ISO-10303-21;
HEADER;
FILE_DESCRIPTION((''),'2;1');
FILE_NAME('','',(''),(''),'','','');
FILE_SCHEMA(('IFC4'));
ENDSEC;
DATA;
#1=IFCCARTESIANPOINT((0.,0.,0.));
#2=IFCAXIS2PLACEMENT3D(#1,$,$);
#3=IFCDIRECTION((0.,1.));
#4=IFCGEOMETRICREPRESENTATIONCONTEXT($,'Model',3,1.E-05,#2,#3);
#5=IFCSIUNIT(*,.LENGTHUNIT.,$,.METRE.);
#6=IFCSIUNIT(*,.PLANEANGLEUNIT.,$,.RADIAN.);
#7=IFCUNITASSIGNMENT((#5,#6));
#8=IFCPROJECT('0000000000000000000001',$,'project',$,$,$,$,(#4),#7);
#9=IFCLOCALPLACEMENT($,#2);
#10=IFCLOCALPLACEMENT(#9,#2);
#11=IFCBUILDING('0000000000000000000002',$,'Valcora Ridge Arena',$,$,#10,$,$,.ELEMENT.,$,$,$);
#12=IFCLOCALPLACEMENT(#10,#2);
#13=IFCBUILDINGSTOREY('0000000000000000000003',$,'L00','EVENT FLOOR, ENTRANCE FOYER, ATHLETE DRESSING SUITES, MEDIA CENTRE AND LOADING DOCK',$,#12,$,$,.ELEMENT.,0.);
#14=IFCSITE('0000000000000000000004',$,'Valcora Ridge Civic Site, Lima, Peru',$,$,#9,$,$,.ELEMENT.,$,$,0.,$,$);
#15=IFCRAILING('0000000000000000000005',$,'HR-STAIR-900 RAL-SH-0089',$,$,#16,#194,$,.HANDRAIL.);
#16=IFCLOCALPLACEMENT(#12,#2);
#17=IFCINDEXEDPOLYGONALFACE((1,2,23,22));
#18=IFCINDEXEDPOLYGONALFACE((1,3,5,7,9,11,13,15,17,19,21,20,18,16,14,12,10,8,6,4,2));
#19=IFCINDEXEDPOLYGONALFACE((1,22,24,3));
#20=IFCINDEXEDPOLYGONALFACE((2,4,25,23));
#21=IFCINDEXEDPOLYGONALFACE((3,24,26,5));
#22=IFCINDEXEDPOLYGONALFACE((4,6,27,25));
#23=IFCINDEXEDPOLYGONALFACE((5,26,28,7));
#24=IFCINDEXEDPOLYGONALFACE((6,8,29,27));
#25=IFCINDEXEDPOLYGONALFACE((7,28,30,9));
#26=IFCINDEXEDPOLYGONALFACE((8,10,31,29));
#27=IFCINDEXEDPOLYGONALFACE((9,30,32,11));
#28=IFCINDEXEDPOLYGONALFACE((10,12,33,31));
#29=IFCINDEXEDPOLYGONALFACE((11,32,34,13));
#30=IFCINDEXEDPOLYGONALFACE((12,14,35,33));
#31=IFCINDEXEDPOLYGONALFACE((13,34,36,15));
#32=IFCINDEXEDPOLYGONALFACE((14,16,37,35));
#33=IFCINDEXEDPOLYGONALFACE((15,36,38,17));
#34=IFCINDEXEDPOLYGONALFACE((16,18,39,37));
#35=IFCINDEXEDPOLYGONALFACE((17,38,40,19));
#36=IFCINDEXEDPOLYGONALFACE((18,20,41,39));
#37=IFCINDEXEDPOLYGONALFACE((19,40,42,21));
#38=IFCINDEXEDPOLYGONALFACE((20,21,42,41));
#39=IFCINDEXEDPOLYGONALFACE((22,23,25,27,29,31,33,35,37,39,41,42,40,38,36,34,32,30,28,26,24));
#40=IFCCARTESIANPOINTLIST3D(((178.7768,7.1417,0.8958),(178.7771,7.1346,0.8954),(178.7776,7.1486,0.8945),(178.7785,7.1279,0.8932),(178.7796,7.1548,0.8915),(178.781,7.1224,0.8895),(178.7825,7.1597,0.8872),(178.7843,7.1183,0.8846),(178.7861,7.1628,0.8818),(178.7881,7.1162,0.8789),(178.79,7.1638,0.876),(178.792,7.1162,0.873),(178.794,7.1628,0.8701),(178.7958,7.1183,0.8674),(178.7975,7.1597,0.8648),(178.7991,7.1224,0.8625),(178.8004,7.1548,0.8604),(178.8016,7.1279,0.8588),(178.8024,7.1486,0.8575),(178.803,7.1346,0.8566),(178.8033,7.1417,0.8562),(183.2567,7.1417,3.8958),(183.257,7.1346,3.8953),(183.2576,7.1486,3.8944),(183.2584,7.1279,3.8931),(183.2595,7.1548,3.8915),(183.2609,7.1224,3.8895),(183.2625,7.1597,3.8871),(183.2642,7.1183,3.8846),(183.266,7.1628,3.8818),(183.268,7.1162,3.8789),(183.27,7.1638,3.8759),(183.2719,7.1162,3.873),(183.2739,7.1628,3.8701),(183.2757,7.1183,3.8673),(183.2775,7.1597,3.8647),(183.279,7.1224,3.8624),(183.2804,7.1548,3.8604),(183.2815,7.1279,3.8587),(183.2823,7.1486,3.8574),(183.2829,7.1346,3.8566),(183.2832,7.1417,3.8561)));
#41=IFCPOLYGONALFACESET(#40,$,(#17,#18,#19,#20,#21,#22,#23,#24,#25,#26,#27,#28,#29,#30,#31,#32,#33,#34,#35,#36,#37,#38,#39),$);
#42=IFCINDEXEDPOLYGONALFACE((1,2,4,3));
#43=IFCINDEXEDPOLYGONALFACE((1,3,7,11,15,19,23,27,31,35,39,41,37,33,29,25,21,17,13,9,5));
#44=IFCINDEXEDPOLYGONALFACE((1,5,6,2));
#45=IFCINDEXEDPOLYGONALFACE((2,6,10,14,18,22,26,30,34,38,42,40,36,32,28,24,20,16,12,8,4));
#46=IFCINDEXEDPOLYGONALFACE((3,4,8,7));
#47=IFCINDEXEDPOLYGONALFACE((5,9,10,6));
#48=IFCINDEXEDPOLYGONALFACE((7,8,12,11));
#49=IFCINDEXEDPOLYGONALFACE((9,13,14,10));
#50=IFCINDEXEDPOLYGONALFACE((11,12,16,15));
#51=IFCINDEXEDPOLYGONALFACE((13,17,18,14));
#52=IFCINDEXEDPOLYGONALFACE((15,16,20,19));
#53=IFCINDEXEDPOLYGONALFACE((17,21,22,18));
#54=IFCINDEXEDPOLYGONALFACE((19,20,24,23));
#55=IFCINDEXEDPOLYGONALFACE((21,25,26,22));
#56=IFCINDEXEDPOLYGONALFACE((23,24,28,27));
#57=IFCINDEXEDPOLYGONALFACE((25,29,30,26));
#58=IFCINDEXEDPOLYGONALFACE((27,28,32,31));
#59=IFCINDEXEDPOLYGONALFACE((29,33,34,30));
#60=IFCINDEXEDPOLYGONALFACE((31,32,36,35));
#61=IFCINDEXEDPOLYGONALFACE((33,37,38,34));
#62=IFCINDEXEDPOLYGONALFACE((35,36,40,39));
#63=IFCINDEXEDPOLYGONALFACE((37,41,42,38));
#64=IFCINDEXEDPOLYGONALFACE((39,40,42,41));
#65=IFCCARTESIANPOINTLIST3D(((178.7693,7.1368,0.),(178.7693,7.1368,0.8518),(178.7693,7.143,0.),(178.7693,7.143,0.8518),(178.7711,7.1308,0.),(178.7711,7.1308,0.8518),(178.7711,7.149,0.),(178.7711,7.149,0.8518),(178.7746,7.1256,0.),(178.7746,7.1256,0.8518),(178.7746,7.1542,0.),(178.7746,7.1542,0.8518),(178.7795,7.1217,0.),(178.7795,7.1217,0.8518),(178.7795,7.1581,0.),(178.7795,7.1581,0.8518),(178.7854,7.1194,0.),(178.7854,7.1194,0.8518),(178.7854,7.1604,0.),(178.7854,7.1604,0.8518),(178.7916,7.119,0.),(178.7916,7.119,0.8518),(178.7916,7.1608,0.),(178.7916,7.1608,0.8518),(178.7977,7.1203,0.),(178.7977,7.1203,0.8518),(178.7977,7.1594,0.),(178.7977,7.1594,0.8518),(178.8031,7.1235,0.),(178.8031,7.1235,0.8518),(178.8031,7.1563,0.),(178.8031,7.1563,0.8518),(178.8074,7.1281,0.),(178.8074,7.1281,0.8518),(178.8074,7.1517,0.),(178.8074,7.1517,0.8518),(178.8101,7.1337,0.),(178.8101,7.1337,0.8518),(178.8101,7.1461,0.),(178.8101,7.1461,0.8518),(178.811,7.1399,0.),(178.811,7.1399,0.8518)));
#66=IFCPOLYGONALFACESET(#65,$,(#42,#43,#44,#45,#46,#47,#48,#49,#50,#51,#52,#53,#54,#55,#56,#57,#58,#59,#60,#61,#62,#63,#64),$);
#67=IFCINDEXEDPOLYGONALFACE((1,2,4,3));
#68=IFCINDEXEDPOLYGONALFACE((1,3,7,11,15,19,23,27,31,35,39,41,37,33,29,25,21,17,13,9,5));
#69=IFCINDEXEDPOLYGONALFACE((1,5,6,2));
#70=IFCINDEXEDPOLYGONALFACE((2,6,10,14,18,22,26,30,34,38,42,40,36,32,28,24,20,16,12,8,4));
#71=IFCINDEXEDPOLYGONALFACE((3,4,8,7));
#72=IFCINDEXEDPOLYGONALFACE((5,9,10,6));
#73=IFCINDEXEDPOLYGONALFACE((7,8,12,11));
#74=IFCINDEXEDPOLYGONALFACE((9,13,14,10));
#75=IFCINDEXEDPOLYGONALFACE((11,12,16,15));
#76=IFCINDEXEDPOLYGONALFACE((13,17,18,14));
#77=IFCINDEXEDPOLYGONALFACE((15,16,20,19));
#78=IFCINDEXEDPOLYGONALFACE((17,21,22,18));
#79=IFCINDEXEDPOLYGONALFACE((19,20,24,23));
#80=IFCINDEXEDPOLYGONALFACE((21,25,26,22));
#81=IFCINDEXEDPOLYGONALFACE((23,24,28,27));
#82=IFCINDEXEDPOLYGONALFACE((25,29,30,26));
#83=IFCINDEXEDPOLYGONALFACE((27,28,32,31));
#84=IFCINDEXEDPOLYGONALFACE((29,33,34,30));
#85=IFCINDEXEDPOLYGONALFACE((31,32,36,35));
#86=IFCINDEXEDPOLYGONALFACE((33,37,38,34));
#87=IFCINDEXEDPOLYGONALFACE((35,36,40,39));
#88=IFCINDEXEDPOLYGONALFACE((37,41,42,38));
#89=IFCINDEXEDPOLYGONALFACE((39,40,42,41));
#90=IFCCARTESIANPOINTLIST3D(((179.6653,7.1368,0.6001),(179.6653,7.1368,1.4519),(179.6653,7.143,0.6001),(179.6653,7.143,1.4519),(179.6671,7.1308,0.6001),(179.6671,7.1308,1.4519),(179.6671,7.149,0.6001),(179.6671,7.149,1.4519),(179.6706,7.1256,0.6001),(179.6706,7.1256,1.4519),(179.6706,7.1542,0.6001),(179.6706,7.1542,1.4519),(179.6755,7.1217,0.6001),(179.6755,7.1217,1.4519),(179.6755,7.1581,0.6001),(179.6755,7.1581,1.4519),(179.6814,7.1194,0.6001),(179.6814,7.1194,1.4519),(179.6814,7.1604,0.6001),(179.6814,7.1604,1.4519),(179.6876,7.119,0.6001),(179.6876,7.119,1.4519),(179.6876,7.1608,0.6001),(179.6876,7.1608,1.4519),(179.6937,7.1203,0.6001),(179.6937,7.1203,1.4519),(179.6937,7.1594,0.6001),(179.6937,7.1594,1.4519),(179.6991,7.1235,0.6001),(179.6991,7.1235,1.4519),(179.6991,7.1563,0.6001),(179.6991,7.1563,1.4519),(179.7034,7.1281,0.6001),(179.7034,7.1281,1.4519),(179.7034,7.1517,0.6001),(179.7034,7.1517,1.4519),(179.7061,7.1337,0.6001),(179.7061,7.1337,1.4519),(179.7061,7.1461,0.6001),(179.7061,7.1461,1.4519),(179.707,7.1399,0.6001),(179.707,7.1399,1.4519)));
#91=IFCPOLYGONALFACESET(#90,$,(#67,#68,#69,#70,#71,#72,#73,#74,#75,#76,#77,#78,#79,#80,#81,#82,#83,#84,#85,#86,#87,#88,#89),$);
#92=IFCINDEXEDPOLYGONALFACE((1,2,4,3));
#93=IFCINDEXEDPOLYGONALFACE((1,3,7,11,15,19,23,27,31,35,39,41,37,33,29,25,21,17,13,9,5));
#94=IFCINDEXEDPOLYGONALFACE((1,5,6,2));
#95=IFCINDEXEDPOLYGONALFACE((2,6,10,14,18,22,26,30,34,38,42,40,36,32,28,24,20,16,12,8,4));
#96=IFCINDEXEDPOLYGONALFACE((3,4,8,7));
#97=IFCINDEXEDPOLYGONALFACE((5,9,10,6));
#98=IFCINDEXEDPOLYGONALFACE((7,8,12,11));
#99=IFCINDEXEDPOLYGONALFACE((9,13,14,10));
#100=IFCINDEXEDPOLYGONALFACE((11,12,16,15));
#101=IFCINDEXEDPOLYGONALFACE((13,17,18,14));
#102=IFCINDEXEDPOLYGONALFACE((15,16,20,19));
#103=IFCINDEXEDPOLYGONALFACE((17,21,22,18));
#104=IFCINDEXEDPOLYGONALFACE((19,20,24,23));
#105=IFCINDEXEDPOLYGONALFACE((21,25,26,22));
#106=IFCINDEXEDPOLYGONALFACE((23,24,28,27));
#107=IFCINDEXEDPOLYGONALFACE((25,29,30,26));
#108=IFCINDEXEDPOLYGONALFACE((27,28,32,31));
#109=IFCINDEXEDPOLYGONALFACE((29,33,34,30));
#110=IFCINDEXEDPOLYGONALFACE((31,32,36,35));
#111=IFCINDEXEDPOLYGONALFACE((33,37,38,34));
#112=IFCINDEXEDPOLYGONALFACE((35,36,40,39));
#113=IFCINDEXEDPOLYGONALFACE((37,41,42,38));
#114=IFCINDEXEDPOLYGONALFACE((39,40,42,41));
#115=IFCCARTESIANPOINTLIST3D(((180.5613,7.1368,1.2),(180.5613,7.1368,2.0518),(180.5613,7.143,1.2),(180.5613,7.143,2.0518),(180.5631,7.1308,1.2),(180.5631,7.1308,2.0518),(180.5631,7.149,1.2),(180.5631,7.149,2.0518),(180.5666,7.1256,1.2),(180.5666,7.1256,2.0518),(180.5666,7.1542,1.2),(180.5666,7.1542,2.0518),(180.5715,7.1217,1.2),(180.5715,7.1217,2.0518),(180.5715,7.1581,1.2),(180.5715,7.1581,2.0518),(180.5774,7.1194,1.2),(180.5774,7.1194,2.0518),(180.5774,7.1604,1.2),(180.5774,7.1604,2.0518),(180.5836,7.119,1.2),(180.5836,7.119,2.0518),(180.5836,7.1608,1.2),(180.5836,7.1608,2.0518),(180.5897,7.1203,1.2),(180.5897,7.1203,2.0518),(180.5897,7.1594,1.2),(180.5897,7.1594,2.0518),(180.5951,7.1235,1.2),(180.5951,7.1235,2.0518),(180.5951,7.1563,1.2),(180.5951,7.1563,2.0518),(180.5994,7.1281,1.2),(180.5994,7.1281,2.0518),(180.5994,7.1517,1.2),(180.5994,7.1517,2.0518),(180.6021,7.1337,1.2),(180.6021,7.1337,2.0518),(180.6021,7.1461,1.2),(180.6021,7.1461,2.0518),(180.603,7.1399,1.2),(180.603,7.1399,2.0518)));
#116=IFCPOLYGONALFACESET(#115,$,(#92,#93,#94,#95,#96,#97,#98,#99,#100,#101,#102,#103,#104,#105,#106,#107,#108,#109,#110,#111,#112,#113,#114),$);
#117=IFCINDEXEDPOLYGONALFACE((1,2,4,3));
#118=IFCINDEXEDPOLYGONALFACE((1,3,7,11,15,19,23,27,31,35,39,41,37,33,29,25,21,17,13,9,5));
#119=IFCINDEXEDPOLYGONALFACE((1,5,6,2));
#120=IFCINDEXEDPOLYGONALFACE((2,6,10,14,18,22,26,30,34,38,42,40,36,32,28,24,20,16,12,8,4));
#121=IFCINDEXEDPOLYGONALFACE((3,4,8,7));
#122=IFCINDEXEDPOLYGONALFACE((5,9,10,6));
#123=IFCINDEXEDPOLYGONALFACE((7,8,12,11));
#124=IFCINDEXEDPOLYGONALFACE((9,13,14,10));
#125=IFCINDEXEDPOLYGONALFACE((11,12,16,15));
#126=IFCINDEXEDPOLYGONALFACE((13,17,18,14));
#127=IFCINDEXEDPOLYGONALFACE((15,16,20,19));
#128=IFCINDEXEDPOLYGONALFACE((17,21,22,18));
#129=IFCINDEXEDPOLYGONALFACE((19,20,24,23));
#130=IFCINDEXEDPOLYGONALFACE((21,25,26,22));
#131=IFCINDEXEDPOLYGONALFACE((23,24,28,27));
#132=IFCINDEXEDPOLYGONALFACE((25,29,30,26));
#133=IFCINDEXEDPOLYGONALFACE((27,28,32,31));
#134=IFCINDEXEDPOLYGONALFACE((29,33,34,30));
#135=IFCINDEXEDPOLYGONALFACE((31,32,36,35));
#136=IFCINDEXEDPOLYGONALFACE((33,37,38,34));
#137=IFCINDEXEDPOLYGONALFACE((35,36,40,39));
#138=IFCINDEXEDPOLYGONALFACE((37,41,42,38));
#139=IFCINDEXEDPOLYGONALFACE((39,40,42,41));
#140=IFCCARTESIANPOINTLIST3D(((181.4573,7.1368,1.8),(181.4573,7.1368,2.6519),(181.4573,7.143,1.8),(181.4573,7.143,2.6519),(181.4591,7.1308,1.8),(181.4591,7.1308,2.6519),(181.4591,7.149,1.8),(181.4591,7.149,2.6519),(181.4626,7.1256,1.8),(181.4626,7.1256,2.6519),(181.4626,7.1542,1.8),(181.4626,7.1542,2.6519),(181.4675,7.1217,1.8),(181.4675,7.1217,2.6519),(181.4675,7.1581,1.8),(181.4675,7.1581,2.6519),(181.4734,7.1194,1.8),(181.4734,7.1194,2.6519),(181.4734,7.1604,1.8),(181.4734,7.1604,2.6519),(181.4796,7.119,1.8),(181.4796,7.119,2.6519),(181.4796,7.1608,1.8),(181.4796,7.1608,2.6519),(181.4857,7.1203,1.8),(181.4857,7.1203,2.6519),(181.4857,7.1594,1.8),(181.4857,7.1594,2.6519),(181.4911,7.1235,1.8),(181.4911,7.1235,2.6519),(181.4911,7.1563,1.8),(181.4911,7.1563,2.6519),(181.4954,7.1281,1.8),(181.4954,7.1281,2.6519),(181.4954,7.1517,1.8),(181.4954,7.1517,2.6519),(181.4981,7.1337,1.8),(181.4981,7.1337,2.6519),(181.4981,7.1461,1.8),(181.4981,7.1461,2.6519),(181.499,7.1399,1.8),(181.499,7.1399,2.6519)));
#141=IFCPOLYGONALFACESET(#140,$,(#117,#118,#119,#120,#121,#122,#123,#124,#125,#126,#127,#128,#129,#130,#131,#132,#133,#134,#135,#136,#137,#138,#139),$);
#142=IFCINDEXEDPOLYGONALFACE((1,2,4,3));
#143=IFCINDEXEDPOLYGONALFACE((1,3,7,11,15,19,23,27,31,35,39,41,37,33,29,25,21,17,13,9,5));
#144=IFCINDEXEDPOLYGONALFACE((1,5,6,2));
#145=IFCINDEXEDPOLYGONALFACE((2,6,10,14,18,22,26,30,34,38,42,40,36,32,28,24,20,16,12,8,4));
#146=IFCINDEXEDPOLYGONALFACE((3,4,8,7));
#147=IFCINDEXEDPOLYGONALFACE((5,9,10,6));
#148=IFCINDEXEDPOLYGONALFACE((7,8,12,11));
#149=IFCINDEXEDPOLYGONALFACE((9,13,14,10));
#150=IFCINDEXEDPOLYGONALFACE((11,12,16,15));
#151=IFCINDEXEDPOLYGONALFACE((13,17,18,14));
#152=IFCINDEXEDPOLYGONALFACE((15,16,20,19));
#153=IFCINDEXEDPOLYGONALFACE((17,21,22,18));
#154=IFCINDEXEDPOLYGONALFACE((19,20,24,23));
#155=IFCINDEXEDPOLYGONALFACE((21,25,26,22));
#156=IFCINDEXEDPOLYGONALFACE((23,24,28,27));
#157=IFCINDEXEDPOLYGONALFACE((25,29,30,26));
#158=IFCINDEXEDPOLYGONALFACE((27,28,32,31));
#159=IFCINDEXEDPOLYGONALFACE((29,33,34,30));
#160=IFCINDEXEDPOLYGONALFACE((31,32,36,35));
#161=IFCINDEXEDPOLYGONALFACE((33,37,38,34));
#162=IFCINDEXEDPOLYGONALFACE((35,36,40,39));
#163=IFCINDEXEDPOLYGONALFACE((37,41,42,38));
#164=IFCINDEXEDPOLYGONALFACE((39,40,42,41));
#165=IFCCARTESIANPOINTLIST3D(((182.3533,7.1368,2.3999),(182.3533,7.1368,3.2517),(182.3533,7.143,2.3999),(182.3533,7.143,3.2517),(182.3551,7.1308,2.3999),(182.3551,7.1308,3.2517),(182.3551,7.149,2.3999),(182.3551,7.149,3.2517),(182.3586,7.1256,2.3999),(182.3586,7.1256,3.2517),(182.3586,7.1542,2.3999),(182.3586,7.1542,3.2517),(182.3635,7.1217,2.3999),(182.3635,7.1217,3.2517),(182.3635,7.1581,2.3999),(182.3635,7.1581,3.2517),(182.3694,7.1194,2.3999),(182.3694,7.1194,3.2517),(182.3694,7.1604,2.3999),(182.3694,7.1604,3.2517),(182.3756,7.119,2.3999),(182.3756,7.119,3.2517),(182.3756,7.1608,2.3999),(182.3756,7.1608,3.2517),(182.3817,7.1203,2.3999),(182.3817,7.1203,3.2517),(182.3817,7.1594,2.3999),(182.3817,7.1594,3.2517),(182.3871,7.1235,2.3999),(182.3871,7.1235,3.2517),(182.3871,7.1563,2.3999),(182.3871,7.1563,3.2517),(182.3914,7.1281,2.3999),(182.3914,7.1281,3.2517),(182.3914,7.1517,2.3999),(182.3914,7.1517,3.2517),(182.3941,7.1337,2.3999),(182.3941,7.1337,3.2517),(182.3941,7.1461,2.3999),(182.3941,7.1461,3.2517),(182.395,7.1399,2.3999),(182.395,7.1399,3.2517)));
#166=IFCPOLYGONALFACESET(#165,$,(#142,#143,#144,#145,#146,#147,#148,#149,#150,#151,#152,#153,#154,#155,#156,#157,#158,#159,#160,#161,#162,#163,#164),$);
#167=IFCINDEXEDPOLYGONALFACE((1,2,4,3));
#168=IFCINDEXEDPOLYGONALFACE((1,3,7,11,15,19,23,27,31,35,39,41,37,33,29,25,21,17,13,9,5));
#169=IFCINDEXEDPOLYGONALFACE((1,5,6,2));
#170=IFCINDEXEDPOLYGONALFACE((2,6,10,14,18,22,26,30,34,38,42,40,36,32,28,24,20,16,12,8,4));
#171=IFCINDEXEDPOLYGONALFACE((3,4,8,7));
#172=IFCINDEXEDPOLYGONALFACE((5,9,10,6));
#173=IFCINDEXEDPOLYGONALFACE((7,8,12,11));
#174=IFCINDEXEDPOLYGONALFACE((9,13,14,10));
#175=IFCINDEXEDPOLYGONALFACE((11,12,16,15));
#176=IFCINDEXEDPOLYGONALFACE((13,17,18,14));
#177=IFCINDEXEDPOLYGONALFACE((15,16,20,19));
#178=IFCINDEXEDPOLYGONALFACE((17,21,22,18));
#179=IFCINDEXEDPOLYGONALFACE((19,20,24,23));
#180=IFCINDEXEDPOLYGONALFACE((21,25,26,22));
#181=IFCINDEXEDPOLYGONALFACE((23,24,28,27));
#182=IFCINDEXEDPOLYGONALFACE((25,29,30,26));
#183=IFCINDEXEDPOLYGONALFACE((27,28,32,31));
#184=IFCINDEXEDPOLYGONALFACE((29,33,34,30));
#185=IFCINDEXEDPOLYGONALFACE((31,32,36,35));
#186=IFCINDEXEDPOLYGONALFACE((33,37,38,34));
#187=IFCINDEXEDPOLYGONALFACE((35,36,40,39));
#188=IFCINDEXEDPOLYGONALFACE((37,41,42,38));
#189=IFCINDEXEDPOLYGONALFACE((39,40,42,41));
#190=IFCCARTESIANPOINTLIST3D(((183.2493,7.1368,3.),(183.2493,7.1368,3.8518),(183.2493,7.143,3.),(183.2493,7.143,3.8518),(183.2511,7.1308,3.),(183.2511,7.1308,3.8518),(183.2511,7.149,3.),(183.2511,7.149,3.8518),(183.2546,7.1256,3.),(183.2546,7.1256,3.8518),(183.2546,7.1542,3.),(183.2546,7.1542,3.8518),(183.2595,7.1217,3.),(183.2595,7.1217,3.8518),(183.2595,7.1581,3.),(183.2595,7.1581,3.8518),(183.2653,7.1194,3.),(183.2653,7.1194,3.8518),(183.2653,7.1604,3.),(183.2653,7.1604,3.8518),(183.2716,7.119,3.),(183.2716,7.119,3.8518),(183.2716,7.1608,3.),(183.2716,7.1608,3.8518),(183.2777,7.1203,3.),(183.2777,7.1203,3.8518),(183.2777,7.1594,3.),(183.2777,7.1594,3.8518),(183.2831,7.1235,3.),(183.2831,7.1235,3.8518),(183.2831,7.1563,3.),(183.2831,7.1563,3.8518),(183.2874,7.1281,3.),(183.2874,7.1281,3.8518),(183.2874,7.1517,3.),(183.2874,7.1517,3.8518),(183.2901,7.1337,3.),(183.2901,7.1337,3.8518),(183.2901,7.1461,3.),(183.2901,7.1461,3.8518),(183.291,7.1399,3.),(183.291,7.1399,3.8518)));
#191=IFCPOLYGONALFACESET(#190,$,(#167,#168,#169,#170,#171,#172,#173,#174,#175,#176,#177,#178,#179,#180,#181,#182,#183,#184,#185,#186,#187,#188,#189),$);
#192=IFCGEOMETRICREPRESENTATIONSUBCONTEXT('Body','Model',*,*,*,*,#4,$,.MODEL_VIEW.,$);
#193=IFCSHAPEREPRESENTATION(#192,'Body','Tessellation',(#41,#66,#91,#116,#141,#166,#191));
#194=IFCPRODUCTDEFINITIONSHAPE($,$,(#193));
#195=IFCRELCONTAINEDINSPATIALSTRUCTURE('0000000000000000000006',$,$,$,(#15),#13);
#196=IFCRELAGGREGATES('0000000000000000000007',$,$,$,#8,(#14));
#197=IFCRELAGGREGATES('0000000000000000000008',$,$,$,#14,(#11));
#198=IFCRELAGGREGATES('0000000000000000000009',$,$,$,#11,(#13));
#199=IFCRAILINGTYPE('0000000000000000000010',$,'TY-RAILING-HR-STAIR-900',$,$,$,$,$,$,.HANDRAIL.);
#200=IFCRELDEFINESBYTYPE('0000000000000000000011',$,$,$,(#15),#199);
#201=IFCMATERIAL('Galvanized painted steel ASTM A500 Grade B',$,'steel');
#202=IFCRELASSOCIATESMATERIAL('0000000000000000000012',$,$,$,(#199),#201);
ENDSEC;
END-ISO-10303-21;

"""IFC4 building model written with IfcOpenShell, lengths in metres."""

from ifc_helpers import new_model, si_unit, direction, frame, origin, origin_2d, place, context, subcontext, project, spatial, circle, extrude, material, type_object, element, save


model = new_model("IFC4")

# Units and contexts
model_context = context("Model", 3, precision=1e-05, world=origin(), true_north=direction((0.0, 1.0)))
body_context = subcontext(model_context, "Body", "Model", "MODEL_VIEW")
ifc_project = project(units=[si_unit("LENGTHUNIT", "METRE"), si_unit("PLANEANGLEUNIT", "RADIAN")], contexts=[model_context])

# Site, building, storey
site_placement = place(None, origin())
site = spatial("IfcSite", under=ifc_project, at=site_placement, Name="Valcora Ridge Civic Site, Lima, Peru", CompositionType="ELEMENT", RefElevation=0.0)
building_placement = place(site_placement, origin())
building = spatial("IfcBuilding", under=site, at=building_placement, Name="Valcora Ridge Arena", CompositionType="ELEMENT")
storey_placement = place(building_placement, origin())
storey = spatial("IfcBuildingStorey", under=building, at=storey_placement, Name="L00", Description="EVENT FLOOR, ENTRANCE FOYER, ATHLETE DRESSING SUITES, MEDIA CENTRE AND LOADING DOCK", CompositionType="ELEMENT", Elevation=0.0)

# Railing
ifc_material_1 = material(Name="Galvanized painted steel ASTM A500 Grade B", Category="steel")
railing_type_1 = type_object("IfcRailingType", Name="TY-RAILING-HR-STAIR-900", PredefinedType="HANDRAIL", material=ifc_material_1)
railing_1_placement = place(storey_placement, frame((178.79, 7.1399, 0.0)))
element("IfcRailing", 1, at=railing_1_placement, inside=storey, type_object=railing_type_1, Name="HR-STAIR-900 RAL-SH-0089", PredefinedType="HANDRAIL", context=body_context, shape_type="SweptSolid", body=[
    extrude(circle(Radius=0.0239, at=origin_2d()), frame((0.0, 0.0, 0.876), z_axis=(0.830906, 0.0, 0.556413), x_axis=(0.0, 1.0, 0.0)), (0.0, 0.0, 1.0), 5.3916),
    extrude(circle(Radius=0.021, at=origin_2d()), origin(), (0.0, 0.0, 1.0), 0.8518),
    extrude(circle(Radius=0.021, at=origin_2d()), frame((0.896, 0.0, 0.6001)), (0.0, 0.0, 1.0), 0.8518),
    extrude(circle(Radius=0.021, at=origin_2d()), frame((1.792, 0.0, 1.2)), (0.0, 0.0, 1.0), 0.8518),
    extrude(circle(Radius=0.021, at=origin_2d()), frame((2.688, 0.0, 1.8)), (0.0, 0.0, 1.0), 0.8518),
    extrude(circle(Radius=0.021, at=origin_2d()), frame((3.584, 0.0, 2.3999)), (0.0, 0.0, 1.0), 0.8518),
    extrude(circle(Radius=0.021, at=origin_2d()), frame((4.48, 0.0, 3.0)), (0.0, 0.0, 1.0), 0.8518),
])

save(model, "model.ifc")
